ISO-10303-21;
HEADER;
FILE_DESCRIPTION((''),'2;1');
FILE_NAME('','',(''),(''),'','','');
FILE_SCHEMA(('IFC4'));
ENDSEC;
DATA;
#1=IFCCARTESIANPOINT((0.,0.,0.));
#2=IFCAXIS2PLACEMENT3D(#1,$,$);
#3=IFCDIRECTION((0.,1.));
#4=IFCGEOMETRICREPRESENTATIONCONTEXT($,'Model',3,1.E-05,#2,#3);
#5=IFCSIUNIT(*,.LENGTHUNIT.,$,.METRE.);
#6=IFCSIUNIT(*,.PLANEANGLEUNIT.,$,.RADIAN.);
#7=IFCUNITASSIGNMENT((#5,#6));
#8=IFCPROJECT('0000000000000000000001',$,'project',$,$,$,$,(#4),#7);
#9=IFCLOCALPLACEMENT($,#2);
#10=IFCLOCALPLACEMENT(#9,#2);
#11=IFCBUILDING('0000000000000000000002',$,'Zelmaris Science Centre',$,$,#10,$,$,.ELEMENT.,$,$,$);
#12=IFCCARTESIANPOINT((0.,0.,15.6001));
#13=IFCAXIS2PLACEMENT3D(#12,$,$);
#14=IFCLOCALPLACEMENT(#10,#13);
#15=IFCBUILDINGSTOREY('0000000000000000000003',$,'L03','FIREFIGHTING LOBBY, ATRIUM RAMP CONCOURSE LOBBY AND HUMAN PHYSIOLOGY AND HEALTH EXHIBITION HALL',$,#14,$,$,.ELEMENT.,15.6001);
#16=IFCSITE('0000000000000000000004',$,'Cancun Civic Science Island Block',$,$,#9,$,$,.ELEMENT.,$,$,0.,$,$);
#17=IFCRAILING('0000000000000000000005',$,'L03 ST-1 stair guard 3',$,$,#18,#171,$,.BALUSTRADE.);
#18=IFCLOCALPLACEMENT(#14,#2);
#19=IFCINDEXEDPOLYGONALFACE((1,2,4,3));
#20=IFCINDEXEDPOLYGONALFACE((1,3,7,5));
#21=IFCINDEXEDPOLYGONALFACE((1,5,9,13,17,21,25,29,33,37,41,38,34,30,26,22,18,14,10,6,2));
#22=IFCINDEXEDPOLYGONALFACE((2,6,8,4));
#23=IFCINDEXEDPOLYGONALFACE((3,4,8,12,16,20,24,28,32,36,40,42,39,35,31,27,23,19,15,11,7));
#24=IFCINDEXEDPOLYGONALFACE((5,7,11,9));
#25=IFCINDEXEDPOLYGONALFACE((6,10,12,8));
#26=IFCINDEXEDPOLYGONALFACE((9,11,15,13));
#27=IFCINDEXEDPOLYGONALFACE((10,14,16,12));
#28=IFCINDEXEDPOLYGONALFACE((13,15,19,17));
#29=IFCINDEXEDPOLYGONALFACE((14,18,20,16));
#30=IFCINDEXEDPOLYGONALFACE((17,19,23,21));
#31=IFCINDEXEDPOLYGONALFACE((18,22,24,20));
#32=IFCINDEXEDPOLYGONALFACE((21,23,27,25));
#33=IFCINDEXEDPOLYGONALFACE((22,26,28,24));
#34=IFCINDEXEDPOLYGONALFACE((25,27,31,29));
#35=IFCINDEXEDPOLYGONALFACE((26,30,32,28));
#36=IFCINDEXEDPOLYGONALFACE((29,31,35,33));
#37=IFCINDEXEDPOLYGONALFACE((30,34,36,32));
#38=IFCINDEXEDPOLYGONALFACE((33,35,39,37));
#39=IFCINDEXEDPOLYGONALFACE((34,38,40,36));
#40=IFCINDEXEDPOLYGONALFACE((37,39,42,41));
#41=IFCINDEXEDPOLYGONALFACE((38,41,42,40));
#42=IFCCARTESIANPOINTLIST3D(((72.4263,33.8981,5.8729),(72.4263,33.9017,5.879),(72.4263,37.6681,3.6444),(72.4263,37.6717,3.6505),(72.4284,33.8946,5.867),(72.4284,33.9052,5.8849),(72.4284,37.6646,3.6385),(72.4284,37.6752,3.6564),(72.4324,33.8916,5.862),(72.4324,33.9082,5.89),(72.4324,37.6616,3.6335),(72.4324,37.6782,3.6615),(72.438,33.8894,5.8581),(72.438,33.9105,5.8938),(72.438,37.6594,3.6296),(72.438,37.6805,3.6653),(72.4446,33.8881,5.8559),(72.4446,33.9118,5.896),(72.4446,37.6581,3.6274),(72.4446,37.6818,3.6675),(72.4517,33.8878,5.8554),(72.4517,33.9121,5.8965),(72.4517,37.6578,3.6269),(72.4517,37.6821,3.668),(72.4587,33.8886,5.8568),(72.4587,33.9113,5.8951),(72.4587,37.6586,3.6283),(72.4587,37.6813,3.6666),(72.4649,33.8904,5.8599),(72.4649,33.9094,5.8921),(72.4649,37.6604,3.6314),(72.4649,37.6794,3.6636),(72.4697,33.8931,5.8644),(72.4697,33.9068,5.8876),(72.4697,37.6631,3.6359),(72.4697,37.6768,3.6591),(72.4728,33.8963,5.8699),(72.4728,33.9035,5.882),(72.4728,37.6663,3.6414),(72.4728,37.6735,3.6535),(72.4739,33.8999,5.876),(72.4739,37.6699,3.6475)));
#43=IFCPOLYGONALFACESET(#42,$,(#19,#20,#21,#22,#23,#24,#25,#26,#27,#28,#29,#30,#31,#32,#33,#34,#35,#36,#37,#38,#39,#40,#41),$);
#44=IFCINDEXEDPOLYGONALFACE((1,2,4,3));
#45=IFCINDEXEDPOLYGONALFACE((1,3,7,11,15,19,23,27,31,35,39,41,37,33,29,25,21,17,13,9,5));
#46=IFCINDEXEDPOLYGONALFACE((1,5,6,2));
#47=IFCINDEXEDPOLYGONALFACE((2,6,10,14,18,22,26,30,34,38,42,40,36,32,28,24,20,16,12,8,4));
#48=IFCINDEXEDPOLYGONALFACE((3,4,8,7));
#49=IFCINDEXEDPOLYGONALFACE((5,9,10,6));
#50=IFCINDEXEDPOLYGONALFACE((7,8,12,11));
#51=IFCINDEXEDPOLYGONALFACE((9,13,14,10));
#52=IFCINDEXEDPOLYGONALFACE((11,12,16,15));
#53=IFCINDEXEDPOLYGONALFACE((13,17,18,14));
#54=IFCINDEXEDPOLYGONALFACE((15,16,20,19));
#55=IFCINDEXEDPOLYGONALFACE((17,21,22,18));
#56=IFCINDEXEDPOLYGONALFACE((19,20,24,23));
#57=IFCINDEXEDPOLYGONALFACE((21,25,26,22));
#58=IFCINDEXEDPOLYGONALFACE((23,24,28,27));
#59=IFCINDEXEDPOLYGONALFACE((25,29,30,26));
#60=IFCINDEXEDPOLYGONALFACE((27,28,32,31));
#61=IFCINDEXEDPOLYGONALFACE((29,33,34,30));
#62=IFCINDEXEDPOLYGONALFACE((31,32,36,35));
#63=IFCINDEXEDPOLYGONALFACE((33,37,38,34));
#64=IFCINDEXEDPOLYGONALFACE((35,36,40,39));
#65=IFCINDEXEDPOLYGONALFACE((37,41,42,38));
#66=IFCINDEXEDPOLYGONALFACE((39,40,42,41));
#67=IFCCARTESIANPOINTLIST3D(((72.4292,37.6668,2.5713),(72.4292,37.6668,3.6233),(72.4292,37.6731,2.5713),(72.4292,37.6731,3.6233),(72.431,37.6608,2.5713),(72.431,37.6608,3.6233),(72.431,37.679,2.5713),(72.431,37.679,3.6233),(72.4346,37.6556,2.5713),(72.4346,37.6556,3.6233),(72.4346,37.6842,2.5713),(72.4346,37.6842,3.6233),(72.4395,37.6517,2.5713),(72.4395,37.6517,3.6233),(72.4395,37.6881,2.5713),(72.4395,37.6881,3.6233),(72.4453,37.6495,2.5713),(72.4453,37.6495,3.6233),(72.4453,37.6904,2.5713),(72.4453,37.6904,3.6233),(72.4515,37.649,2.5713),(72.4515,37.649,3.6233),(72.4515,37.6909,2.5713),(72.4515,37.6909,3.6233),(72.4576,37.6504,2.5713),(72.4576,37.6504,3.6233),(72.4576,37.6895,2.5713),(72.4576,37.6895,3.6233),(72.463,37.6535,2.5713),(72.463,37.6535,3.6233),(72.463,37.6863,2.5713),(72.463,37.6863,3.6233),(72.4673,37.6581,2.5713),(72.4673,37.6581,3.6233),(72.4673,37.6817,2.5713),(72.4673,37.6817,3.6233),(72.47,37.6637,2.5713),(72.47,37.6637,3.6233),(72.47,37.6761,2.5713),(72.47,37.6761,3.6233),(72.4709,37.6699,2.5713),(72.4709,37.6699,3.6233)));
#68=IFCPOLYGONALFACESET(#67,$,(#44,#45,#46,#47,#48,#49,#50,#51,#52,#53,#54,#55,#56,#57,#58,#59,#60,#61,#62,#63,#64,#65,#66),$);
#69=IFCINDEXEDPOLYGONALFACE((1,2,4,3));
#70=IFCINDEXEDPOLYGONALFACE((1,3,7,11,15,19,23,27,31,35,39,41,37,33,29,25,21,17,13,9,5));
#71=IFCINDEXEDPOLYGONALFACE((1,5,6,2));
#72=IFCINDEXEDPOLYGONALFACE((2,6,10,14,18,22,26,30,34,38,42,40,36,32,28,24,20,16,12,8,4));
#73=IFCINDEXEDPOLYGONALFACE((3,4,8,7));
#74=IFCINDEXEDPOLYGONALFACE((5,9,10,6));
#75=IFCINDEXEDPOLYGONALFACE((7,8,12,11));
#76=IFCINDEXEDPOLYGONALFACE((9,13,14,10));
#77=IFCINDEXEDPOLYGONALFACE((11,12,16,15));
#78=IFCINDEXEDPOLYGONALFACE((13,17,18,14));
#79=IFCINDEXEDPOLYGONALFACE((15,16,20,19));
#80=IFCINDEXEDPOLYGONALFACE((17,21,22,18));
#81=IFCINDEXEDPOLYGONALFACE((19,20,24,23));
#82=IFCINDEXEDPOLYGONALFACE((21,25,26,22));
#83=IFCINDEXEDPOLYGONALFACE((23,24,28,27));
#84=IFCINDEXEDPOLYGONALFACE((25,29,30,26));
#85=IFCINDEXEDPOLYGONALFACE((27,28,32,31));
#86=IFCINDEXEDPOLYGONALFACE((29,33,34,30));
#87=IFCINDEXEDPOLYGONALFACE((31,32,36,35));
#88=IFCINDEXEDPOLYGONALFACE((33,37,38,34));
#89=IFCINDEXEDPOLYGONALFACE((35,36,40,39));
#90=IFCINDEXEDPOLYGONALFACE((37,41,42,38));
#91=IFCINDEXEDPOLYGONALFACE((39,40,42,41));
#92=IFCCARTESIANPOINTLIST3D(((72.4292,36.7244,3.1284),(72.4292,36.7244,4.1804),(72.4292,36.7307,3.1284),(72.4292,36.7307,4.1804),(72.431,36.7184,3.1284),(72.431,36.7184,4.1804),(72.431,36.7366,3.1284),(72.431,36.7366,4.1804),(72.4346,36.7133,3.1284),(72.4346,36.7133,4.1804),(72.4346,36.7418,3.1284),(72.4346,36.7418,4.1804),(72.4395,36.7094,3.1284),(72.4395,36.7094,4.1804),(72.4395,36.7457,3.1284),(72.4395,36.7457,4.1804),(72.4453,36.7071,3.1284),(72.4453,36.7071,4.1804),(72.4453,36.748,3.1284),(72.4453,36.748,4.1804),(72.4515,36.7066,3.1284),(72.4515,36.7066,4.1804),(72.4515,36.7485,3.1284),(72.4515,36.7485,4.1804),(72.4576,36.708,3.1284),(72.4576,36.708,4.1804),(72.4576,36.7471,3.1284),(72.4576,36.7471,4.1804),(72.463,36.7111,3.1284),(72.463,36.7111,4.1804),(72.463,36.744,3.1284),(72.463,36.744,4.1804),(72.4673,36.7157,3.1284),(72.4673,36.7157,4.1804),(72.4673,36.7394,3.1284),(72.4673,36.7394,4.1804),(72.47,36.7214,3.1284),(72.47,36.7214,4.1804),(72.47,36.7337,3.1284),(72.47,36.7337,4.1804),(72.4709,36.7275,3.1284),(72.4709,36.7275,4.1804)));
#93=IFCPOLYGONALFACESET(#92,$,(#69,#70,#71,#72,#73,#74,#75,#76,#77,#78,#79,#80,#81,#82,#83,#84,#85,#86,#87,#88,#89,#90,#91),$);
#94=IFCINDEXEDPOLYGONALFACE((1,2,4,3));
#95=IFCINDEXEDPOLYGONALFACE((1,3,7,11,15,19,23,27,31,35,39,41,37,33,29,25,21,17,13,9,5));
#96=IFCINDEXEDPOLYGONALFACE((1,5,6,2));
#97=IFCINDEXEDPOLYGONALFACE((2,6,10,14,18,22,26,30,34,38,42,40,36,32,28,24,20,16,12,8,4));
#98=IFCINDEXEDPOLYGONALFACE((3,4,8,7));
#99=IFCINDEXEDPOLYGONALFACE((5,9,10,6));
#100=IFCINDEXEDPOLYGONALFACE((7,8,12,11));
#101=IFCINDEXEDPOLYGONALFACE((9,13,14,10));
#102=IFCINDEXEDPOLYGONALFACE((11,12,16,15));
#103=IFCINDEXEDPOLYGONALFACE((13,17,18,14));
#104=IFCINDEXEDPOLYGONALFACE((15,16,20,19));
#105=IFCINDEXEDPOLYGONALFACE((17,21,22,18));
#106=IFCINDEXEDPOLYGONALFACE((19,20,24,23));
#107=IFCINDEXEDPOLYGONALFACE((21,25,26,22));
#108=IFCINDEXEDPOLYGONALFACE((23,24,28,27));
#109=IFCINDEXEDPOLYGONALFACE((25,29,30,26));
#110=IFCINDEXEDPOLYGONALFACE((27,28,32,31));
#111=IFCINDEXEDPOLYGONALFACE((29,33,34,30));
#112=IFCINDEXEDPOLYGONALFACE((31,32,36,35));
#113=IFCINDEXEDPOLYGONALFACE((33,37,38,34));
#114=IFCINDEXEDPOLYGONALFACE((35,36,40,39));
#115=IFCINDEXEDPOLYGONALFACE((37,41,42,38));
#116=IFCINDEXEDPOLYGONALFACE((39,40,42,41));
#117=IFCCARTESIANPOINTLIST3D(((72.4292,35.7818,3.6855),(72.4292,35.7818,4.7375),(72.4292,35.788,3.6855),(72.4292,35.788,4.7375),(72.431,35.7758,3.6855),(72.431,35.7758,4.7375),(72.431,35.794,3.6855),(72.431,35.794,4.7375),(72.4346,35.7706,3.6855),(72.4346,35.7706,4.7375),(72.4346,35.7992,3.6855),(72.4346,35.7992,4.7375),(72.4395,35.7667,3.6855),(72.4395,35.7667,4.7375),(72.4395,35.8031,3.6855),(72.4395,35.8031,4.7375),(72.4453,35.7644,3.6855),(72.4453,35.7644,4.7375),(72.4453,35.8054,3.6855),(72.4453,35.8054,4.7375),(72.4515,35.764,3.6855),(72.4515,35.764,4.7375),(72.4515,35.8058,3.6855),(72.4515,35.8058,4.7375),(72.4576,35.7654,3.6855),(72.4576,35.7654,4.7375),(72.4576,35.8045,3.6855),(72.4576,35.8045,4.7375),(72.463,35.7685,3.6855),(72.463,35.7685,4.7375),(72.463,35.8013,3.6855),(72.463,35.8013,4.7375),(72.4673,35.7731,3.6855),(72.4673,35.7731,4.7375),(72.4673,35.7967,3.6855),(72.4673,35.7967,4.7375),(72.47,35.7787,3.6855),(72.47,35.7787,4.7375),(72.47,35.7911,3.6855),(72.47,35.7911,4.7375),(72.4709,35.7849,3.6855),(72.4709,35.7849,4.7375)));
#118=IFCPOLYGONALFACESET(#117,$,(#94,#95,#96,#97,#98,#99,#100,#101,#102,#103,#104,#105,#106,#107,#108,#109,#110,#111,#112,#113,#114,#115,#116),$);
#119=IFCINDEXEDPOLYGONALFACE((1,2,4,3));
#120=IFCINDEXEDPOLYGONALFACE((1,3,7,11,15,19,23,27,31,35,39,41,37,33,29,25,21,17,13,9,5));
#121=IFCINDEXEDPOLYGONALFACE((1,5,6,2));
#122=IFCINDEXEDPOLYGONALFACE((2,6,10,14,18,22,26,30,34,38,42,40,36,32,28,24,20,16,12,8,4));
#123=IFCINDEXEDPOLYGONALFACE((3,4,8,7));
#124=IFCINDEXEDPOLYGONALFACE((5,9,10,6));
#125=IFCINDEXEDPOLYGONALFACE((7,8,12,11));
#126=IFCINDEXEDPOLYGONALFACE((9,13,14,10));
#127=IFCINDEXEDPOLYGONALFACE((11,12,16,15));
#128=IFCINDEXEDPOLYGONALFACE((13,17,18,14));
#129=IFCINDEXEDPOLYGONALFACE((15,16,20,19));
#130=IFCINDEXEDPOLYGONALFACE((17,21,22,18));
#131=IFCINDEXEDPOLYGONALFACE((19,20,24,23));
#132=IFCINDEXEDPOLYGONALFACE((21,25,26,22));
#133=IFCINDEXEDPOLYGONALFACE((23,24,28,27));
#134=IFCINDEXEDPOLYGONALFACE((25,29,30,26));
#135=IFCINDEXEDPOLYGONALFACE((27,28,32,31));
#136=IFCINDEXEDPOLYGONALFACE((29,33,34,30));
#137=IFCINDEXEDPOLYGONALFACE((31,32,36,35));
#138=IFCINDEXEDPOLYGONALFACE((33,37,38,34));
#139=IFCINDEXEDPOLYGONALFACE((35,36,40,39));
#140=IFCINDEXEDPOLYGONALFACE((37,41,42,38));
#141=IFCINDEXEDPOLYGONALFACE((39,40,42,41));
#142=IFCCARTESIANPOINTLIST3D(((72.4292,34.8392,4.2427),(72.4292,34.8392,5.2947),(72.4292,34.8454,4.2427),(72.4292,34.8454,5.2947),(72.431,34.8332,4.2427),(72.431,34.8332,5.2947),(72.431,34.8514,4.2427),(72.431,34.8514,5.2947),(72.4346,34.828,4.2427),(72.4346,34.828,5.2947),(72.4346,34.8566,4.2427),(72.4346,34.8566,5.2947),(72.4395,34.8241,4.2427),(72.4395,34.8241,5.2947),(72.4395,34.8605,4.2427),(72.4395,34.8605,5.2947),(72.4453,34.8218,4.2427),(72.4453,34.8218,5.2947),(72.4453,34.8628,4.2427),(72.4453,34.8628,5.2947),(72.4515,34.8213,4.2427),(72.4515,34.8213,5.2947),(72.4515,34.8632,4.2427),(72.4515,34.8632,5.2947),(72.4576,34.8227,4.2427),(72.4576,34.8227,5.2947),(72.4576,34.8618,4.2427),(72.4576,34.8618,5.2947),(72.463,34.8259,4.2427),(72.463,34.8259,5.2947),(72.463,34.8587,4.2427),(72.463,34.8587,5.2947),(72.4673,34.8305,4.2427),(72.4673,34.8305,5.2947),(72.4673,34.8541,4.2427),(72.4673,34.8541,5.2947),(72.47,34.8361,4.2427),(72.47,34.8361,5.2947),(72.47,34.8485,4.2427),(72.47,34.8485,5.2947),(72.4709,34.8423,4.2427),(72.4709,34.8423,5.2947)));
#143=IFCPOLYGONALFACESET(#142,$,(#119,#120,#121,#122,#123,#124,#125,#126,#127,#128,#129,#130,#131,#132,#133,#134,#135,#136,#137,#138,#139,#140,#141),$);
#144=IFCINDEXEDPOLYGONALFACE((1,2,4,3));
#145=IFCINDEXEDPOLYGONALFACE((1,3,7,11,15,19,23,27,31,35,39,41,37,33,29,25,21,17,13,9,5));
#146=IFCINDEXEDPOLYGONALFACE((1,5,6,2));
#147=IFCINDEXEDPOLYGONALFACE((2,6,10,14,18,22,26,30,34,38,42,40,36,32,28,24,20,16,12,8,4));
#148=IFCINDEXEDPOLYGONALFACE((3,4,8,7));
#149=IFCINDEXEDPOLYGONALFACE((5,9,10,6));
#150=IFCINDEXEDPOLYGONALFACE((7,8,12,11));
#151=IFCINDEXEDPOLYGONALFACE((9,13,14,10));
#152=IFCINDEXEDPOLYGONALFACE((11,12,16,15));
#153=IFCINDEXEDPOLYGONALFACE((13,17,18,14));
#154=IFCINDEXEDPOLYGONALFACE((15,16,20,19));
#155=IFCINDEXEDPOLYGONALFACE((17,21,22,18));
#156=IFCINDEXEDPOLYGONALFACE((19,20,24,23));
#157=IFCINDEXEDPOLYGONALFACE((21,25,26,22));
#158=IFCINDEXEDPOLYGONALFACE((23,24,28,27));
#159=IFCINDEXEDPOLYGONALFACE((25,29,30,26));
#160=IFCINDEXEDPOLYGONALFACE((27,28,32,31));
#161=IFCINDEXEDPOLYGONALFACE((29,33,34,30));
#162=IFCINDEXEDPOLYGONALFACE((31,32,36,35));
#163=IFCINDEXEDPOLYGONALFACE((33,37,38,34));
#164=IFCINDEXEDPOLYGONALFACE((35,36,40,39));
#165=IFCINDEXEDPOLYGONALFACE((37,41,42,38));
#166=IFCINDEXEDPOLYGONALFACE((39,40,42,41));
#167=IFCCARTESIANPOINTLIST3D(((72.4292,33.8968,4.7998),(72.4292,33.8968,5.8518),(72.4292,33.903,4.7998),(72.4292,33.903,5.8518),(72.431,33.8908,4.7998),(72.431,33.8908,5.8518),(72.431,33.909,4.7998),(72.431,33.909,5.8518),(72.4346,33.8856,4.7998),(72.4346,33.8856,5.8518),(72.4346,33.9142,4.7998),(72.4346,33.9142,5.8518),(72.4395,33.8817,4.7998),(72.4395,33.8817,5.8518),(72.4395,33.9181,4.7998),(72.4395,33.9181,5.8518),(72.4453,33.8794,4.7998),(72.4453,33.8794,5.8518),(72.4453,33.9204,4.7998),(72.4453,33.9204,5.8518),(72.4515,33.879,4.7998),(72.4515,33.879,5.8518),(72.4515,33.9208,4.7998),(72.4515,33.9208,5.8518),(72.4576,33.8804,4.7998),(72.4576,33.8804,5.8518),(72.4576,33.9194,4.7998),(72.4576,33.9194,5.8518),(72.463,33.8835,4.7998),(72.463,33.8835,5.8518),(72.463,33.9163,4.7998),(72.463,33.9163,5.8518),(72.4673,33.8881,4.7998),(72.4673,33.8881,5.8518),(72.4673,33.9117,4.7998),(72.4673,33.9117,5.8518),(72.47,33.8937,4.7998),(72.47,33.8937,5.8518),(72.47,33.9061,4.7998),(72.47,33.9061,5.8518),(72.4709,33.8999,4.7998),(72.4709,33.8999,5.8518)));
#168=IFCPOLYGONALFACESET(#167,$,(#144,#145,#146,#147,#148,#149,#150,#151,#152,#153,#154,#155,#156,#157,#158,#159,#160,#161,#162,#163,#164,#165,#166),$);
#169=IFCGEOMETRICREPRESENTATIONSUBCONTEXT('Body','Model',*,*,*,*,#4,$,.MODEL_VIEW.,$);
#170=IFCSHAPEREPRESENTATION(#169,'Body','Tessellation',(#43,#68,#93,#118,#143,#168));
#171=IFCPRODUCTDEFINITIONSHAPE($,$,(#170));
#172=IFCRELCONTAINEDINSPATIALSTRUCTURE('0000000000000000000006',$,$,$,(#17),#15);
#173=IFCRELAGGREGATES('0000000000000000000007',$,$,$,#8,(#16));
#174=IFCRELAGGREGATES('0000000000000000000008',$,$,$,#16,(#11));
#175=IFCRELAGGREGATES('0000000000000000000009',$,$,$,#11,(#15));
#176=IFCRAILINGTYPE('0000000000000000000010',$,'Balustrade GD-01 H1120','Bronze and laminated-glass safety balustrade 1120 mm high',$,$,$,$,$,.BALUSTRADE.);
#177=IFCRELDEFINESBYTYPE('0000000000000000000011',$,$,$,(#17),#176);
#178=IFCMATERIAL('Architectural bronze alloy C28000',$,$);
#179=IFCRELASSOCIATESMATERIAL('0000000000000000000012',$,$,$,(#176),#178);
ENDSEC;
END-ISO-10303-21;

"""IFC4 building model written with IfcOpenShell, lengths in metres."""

from ifc_helpers import new_model, si_unit, direction, frame, origin, origin_2d, place, context, subcontext, project, spatial, circle, extrude, material, type_object, element, save


model = new_model("IFC4")

# Units and contexts
model_context = context("Model", 3, precision=1e-05, world=origin(), true_north=direction((0.0, 1.0)))
body_context = subcontext(model_context, "Body", "Model", "MODEL_VIEW")
ifc_project = project(units=[si_unit("LENGTHUNIT", "METRE"), si_unit("PLANEANGLEUNIT", "RADIAN")], contexts=[model_context])

# Site, building, storey
site_placement = place(None, origin())
site = spatial("IfcSite", under=ifc_project, at=site_placement, Name="Cancun Civic Science Island Block", CompositionType="ELEMENT", RefElevation=0.0)
building_placement = place(site_placement, origin())
building = spatial("IfcBuilding", under=site, at=building_placement, Name="Zelmaris Science Centre", CompositionType="ELEMENT")
storey_placement = place(building_placement, frame((0.0, 0.0, 15.6001)))
storey = spatial("IfcBuildingStorey", under=building, at=storey_placement, Name="L03", Description="FIREFIGHTING LOBBY, ATRIUM RAMP CONCOURSE LOBBY AND HUMAN PHYSIOLOGY AND HEALTH EXHIBITION HALL", CompositionType="ELEMENT", Elevation=15.6001)

# Railing
ifc_material_1 = material(Name="Architectural bronze alloy C28000")
railing_type_1 = type_object("IfcRailingType", Name="Balustrade GD-01 H1120", Description="Bronze and laminated-glass safety balustrade 1120 mm high", PredefinedType="BALUSTRADE", material=ifc_material_1)
railing_1_placement = place(storey_placement, frame((72.45, 37.6699, 2.5713)))
element("IfcRailing", 1, at=railing_1_placement, inside=storey, type_object=railing_type_1, Name="L03 ST-1 stair guard 3", PredefinedType="BALUSTRADE", context=body_context, shape_type="SweptSolid", body=[
    extrude(circle(Radius=0.0239, at=origin_2d()), frame((0.0, 0.0, 1.0762), z_axis=(0.0, -0.860849, 0.508861), x_axis=(1.0, 0.0, 0.0)), (0.0, 0.0, 1.0), 4.3794),
    extrude(circle(Radius=0.021, at=origin_2d()), origin(), (0.0, 0.0, 1.0), 1.052),
    extrude(circle(Radius=0.021, at=origin_2d()), frame((0.0, -0.9424, 0.5571)), (0.0, 0.0, 1.0), 1.052),
    extrude(circle(Radius=0.021, at=origin_2d()), frame((0.0, -1.885, 1.1143)), (0.0, 0.0, 1.0), 1.052),
    extrude(circle(Radius=0.021, at=origin_2d()), frame((0.0, -2.8276, 1.6714)), (0.0, 0.0, 1.0), 1.052),
    extrude(circle(Radius=0.021, at=origin_2d()), frame((0.0, -3.77, 2.2285)), (0.0, 0.0, 1.0), 1.052),
])

save(model, "model.ifc")
